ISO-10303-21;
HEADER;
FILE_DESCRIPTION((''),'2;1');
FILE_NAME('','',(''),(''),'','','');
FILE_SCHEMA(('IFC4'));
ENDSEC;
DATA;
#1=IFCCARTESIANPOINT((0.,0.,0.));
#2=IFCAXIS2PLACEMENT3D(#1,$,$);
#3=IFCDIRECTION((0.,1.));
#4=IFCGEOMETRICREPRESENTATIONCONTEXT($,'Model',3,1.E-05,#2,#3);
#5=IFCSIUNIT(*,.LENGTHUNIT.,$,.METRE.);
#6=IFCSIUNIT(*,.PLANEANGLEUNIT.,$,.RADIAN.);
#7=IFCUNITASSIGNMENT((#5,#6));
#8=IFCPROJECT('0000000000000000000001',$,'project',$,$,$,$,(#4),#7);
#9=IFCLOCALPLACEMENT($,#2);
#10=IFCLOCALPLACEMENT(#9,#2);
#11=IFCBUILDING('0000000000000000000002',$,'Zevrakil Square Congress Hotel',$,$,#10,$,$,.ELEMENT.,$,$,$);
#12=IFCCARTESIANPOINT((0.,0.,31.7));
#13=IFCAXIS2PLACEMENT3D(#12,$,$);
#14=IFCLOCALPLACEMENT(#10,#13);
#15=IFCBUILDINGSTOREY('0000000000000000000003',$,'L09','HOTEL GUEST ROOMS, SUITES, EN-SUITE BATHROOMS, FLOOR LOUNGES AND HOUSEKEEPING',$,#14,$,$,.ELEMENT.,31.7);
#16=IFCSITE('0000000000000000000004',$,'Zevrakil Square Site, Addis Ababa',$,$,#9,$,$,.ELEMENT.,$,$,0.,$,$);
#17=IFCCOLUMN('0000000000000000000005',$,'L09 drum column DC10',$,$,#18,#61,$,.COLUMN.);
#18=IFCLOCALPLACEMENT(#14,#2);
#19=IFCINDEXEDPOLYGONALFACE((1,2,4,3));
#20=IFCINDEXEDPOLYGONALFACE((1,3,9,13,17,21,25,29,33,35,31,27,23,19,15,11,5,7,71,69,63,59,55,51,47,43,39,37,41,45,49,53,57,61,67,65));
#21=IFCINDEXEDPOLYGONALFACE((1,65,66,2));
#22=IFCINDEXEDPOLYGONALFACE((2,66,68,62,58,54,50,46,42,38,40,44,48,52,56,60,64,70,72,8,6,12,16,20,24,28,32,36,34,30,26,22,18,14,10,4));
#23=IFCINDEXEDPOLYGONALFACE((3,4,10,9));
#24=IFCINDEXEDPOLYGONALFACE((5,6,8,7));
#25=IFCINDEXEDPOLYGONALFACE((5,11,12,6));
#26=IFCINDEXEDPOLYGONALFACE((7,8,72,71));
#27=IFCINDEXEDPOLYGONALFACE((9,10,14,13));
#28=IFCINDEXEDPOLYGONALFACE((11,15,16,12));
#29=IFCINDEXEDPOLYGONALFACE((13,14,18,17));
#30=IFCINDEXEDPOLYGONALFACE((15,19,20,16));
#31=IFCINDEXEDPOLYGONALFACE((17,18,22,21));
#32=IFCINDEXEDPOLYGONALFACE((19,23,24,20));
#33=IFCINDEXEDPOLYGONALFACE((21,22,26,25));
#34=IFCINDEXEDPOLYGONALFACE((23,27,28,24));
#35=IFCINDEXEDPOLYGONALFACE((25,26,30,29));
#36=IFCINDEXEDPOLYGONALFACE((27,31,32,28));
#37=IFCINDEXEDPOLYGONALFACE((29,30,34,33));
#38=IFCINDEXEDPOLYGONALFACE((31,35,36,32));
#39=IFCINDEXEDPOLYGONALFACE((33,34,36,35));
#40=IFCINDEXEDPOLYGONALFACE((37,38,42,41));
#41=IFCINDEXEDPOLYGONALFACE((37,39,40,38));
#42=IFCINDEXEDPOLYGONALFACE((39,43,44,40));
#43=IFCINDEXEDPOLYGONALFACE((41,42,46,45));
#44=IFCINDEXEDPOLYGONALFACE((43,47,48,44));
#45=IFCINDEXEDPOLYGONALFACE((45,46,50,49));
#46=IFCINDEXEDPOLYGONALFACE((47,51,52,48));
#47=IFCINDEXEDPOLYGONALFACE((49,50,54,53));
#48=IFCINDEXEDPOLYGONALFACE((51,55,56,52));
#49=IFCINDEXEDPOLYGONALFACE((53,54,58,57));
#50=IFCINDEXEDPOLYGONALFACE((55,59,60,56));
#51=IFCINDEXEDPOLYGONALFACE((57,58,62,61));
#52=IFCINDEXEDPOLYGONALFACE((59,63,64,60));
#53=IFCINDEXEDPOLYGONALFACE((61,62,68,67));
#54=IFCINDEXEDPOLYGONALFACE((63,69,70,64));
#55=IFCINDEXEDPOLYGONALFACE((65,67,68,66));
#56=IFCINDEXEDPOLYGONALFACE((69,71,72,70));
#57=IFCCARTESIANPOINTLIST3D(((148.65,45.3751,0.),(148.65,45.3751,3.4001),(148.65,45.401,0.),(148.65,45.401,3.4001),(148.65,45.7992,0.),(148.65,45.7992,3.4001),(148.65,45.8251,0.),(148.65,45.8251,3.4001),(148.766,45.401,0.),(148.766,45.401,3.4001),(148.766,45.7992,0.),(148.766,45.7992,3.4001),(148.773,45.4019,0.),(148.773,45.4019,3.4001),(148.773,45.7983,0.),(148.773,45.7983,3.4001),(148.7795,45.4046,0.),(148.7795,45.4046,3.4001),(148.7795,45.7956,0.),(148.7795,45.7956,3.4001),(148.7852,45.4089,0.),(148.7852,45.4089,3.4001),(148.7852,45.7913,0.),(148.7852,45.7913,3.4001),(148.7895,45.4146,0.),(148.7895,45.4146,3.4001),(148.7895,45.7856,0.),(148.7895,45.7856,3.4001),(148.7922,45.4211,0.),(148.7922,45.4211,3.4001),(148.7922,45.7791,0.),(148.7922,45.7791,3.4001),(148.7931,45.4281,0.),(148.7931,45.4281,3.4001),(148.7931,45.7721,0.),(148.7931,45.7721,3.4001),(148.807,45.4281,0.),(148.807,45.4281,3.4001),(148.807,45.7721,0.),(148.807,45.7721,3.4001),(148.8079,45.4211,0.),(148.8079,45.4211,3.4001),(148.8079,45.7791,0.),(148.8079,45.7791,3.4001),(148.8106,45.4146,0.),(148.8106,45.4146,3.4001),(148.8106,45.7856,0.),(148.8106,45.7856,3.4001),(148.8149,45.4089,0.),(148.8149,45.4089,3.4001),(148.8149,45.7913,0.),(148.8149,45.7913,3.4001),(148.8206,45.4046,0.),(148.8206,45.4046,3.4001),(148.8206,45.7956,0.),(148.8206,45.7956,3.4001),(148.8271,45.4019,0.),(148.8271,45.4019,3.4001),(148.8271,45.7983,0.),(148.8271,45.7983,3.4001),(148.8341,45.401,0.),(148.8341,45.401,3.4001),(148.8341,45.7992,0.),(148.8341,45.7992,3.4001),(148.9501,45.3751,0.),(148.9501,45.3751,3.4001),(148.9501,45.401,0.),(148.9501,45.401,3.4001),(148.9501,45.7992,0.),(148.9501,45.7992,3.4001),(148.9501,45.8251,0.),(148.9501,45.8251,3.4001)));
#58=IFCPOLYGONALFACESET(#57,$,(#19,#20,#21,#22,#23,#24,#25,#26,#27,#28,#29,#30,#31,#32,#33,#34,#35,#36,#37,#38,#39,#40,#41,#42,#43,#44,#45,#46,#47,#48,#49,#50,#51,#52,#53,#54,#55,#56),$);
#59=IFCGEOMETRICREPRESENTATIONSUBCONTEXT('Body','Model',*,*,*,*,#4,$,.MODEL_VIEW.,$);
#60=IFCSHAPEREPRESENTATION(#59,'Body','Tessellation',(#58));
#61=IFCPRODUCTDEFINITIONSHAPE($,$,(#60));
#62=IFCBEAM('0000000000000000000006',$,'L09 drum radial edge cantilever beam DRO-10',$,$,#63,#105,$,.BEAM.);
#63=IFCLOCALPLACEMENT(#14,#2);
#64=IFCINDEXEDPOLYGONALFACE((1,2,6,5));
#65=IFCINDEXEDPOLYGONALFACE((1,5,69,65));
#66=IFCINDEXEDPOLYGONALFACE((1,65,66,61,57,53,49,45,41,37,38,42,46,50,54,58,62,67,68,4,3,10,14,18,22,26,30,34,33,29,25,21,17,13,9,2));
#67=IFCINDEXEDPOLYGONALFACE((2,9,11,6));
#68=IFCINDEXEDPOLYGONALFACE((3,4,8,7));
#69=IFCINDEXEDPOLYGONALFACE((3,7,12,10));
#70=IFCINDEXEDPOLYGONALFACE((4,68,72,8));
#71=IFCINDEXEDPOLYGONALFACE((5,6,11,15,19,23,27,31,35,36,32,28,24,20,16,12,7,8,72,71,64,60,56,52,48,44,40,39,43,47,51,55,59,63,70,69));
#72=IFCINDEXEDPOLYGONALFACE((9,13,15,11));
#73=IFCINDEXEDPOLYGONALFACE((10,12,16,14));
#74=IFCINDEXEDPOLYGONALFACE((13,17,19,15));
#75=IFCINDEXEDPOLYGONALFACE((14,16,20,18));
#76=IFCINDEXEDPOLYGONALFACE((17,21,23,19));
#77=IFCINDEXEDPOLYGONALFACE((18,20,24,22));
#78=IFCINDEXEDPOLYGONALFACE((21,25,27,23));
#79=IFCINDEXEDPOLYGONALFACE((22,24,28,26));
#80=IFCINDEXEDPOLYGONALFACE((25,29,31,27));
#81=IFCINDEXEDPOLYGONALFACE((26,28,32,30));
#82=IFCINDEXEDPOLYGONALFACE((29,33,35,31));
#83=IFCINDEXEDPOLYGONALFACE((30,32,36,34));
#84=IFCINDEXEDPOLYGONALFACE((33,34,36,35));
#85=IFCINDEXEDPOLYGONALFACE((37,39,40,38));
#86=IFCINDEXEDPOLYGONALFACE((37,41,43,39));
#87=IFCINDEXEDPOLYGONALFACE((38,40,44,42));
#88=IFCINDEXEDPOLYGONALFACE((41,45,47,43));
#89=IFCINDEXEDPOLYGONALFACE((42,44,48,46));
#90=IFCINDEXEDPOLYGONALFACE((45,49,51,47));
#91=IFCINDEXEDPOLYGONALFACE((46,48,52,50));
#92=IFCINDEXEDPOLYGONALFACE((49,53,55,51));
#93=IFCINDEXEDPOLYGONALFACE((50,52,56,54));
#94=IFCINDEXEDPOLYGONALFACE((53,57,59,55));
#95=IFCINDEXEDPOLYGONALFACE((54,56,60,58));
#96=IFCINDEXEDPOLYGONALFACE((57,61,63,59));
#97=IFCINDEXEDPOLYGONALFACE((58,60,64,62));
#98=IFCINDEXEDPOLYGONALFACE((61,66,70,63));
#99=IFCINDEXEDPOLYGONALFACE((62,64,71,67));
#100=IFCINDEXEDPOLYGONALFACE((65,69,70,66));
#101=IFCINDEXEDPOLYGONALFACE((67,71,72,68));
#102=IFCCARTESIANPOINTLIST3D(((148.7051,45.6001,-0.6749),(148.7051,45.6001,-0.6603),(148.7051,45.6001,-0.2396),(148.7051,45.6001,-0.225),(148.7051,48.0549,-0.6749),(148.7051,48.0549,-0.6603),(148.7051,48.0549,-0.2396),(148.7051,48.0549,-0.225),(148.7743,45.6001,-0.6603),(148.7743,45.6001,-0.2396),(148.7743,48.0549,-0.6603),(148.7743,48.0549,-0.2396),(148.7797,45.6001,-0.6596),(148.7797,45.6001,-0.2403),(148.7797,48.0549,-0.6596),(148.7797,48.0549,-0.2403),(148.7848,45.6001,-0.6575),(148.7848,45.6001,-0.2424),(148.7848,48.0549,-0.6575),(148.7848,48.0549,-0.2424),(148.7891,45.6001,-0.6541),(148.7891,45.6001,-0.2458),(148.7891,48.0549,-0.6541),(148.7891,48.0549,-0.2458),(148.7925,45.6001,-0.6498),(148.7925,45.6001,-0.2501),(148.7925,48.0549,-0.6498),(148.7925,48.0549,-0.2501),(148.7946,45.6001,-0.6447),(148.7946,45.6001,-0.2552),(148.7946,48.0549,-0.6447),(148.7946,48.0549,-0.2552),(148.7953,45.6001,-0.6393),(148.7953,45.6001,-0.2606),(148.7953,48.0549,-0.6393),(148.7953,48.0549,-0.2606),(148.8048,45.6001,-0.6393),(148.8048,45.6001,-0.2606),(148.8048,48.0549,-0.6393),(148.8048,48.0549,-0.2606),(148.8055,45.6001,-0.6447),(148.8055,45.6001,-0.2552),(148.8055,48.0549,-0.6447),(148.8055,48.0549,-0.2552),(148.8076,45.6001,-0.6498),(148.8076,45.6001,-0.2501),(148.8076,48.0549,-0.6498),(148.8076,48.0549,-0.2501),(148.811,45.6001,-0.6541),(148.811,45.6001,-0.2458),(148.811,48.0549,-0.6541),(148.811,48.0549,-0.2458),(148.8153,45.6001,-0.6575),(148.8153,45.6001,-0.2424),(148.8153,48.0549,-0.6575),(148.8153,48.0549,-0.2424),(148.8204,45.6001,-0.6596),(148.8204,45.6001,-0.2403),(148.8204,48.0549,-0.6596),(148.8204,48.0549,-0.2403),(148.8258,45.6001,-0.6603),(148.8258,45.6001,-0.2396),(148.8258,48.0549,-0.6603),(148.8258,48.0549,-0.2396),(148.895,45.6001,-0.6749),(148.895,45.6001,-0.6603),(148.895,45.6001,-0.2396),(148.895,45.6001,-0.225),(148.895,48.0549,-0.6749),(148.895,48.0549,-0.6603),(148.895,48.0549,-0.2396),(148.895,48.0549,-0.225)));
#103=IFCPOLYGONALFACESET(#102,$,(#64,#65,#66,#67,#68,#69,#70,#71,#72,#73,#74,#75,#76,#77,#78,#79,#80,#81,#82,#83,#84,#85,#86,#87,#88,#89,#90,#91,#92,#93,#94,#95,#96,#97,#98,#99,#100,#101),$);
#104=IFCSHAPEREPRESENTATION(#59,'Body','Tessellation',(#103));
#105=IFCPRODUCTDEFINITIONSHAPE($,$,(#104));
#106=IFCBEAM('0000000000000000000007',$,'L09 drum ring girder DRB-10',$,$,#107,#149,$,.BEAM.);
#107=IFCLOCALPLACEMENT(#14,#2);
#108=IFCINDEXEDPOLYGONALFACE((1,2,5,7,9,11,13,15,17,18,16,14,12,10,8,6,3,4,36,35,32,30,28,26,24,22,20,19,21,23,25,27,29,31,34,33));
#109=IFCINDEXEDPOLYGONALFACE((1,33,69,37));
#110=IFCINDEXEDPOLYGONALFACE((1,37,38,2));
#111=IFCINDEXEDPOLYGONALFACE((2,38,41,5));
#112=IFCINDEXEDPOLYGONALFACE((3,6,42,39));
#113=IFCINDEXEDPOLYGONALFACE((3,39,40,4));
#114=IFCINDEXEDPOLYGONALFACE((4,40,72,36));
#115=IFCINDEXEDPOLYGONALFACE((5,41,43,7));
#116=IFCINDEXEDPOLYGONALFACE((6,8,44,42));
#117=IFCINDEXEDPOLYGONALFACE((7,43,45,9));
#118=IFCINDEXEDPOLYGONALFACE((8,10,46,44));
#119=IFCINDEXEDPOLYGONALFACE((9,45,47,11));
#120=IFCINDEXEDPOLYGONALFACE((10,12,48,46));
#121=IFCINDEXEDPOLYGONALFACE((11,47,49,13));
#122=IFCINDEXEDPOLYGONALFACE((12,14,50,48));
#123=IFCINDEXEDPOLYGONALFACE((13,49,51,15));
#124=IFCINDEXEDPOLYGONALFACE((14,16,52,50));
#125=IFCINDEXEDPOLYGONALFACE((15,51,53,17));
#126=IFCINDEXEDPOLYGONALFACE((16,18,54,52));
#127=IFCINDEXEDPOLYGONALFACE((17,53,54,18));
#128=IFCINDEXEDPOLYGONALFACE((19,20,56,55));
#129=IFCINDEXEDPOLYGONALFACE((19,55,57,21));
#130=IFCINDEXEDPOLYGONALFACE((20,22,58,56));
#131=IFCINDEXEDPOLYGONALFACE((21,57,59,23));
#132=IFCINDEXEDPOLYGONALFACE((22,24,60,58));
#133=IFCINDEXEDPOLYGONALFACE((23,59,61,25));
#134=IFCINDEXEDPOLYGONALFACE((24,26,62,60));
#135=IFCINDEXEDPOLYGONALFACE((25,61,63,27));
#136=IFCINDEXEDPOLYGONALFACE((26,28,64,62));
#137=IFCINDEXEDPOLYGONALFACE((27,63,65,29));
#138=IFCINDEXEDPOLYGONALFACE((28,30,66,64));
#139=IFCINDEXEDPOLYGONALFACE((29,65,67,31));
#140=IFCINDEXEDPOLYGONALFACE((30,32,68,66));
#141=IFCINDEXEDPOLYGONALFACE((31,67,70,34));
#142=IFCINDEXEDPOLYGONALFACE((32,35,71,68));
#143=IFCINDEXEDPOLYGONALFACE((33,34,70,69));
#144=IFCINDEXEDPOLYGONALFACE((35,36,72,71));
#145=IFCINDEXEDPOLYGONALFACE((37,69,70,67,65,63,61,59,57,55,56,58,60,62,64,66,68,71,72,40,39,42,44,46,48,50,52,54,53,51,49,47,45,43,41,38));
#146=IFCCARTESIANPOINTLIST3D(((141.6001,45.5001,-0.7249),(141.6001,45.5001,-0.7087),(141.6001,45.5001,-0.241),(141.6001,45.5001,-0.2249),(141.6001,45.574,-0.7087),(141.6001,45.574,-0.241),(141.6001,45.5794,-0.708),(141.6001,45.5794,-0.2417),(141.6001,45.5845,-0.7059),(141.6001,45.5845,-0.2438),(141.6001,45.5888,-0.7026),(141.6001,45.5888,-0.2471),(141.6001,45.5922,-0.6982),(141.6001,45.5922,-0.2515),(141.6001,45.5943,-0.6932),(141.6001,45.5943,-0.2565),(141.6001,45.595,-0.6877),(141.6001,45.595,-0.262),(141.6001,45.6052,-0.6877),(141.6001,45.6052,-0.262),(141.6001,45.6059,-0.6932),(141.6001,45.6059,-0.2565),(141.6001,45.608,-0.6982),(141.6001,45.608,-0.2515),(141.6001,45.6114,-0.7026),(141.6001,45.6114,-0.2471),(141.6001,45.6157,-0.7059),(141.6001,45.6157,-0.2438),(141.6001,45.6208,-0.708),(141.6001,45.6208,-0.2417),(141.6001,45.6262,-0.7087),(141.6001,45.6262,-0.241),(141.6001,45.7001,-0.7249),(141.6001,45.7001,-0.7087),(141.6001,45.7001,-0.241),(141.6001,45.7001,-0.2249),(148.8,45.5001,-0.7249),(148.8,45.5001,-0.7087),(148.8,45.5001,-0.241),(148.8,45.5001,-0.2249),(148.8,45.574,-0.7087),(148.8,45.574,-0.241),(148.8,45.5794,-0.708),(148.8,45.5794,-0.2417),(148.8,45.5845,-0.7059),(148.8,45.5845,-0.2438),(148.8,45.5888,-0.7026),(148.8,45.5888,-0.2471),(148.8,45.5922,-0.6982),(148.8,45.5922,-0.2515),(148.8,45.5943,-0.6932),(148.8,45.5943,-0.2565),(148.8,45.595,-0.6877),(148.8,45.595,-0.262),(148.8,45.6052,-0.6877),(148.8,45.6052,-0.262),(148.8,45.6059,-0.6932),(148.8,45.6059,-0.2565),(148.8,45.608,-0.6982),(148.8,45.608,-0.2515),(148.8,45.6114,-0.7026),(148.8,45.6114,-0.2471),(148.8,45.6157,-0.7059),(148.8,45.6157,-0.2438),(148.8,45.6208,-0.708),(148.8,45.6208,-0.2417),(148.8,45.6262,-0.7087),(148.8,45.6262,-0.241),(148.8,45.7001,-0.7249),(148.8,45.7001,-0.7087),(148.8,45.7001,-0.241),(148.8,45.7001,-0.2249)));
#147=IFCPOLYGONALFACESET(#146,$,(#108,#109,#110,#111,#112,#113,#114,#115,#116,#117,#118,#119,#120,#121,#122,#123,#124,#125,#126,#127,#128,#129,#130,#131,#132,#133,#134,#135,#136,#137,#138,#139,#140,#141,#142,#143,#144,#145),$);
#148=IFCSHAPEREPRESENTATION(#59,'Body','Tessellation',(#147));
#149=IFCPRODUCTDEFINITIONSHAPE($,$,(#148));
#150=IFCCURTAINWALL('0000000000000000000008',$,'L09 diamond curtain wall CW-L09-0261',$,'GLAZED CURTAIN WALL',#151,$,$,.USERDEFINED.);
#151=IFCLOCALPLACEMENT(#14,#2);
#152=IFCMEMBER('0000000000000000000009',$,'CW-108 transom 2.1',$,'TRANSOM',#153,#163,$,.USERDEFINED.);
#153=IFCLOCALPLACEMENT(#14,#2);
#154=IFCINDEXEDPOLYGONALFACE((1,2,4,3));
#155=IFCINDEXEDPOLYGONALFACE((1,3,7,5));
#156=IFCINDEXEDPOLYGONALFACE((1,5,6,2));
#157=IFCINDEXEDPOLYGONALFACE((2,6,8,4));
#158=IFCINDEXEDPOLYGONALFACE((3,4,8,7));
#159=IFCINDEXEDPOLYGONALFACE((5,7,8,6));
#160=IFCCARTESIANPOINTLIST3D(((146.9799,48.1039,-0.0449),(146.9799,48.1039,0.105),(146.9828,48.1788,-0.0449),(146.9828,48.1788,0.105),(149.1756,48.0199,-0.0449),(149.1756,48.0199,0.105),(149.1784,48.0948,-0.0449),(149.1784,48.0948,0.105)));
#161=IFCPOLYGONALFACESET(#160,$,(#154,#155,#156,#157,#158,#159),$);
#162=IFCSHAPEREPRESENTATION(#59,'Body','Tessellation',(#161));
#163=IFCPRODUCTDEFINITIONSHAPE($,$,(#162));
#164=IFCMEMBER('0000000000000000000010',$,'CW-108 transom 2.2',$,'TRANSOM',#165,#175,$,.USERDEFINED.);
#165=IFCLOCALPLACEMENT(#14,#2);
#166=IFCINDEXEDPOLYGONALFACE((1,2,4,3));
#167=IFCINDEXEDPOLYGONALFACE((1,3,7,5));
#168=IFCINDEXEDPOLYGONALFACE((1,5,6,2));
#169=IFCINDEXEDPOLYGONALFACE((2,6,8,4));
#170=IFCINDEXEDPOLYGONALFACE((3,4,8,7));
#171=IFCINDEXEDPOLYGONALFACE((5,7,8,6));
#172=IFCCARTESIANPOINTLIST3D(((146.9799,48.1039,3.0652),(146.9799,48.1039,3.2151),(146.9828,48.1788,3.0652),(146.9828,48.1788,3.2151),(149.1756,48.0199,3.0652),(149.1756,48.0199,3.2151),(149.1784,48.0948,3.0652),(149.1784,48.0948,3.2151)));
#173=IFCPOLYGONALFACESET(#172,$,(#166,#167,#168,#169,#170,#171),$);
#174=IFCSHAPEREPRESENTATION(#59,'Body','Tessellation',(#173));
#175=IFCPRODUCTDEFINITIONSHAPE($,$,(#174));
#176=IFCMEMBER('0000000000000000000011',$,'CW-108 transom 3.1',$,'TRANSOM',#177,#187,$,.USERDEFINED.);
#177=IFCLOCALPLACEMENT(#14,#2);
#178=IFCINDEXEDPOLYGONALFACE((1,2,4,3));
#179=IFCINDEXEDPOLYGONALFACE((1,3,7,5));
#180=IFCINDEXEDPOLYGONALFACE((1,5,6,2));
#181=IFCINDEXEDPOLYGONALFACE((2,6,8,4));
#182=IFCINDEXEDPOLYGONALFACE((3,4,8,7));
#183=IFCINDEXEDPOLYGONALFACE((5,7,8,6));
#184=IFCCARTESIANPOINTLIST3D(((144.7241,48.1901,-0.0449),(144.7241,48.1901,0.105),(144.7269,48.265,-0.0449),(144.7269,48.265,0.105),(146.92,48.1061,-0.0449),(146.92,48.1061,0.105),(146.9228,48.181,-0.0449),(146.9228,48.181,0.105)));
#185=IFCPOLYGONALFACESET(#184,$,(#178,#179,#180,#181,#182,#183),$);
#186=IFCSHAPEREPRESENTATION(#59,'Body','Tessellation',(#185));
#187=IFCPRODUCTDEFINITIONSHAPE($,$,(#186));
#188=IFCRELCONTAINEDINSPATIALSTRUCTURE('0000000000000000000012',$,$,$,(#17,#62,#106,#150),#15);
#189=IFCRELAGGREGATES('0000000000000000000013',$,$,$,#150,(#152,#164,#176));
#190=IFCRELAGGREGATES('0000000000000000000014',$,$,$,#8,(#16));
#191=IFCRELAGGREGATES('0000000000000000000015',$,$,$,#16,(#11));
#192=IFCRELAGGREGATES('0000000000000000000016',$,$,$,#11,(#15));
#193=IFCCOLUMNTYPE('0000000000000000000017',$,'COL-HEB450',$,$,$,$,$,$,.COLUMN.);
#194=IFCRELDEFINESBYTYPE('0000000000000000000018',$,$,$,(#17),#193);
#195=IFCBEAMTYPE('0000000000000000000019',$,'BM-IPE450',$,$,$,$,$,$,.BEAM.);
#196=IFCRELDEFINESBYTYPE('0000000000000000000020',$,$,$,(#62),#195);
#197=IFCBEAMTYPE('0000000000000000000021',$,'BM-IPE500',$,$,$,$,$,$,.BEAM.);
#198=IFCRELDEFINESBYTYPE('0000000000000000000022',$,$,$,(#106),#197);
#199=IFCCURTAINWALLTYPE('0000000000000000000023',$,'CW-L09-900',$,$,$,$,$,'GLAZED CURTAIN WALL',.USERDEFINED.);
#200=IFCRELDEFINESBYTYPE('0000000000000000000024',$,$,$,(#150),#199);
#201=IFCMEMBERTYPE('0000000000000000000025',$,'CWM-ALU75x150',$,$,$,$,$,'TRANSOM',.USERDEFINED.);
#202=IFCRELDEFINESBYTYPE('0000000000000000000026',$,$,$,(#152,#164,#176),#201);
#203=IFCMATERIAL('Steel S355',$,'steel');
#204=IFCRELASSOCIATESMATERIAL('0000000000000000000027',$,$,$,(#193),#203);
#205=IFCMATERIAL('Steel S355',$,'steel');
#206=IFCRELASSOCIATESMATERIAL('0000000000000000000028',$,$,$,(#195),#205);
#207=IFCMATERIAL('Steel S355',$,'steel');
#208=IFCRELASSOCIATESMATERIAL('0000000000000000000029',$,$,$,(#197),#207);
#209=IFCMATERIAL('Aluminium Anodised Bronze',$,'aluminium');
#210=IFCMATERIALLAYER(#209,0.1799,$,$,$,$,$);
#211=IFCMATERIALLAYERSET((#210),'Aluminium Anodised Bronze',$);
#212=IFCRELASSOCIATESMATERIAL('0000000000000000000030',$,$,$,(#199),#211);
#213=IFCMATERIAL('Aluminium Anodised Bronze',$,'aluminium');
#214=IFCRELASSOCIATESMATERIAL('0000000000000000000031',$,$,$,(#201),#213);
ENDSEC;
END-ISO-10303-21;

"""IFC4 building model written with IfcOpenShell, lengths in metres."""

from ifc_helpers import new_model, si_unit, direction, frame, origin, origin_2d, place, context, subcontext, project, spatial, rectangle, i_section, extrude, material, layer, layer_set, material_profile, profile_set, type_object, element, aggregate, save


model = new_model("IFC4")

# Units and contexts
model_context = context("Model", 3, precision=1e-05, world=origin(), true_north=direction((0.0, 1.0)))
body_context = subcontext(model_context, "Body", "Model", "MODEL_VIEW")
ifc_project = project(units=[si_unit("LENGTHUNIT", "METRE"), si_unit("PLANEANGLEUNIT", "RADIAN")], contexts=[model_context])

# Site, building, storey
site_placement = place(None, origin())
site = spatial("IfcSite", under=ifc_project, at=site_placement, Name="Zevrakil Square Site, Addis Ababa", CompositionType="ELEMENT", RefElevation=0.0)
building_placement = place(site_placement, origin())
building = spatial("IfcBuilding", under=site, at=building_placement, Name="Zevrakil Square Congress Hotel", CompositionType="ELEMENT")
storey_placement = place(building_placement, frame((0.0, 0.0, 31.7)))
storey = spatial("IfcBuildingStorey", under=building, at=storey_placement, Name="L09", Description="HOTEL GUEST ROOMS, SUITES, EN-SUITE BATHROOMS, FLOOR LOUNGES AND HOUSEKEEPING", CompositionType="ELEMENT", Elevation=31.7)

# Column
ifc_material_1 = material(Name="Steel S355", Category="steel")
ifc_material_profile_1 = material_profile(ifc_material_1, i_section(OverallWidth=0.3, OverallDepth=0.45, WebThickness=0.0139, FlangeThickness=0.0259, FilletRadius=0.0271, at=origin_2d()), Name="HEB 450")
ifc_profile_set_1 = profile_set([ifc_material_profile_1], Name="Steel S355")
column_type = type_object("IfcColumnType", Name="COL-HEB450", PredefinedType="COLUMN", material=ifc_profile_set_1)
column_placement = place(storey_placement, frame((148.8, 45.6001, 0.0), z_axis=(0.0, 0.0, 1.0), x_axis=(1.0, 0.0, 0.0)))
element("IfcColumn", 1, at=column_placement, inside=storey, type_object=column_type, Name="L09 drum column DC10", PredefinedType="COLUMN", context=body_context, shape_type="SweptSolid", body=[
    extrude(i_section(OverallWidth=0.3, OverallDepth=0.45, WebThickness=0.0139, FlangeThickness=0.0259, FilletRadius=0.0271, at=origin_2d()), origin(), (0.0, 0.0, 1.0), 3.4001),
])

# Beams
ifc_material_2 = material(Name="Steel S355", Category="steel")
ifc_material_profile_2 = material_profile(ifc_material_2, i_section(OverallWidth=0.1899, OverallDepth=0.45, WebThickness=0.0095, FlangeThickness=0.0146, FilletRadius=0.021, at=origin_2d()), Name="IPE 450")
ifc_profile_set_2 = profile_set([ifc_material_profile_2], Name="Steel S355")
beam_type_1 = type_object("IfcBeamType", Name="BM-IPE450", PredefinedType="BEAM", material=ifc_profile_set_2)
beam_1_placement = place(storey_placement, frame((148.8, 45.6001, -0.45), z_axis=(0.0, 1.0, 0.0), x_axis=(-1.0, 0.0, 0.0)))
element("IfcBeam", 2, at=beam_1_placement, inside=storey, type_object=beam_type_1, Name="L09 drum radial edge cantilever beam DRO-10", PredefinedType="BEAM", context=body_context, shape_type="SweptSolid", body=[
    extrude(i_section(OverallWidth=0.1899, OverallDepth=0.45, WebThickness=0.0095, FlangeThickness=0.0146, FilletRadius=0.021, at=origin_2d()), origin(), (0.0, 0.0, 1.0), 2.4548),
])
ifc_material_3 = material(Name="Steel S355", Category="steel")
ifc_material_profile_3 = material_profile(ifc_material_3, i_section(OverallWidth=0.2, OverallDepth=0.5, WebThickness=0.0103, FlangeThickness=0.0161, FilletRadius=0.021, at=origin_2d()), Name="IPE 500")
ifc_profile_set_3 = profile_set([ifc_material_profile_3], Name="Steel S355")
beam_type_2 = type_object("IfcBeamType", Name="BM-IPE500", PredefinedType="BEAM", material=ifc_profile_set_3)
beam_2_placement = place(storey_placement, frame((148.8, 45.6001, -0.4749), z_axis=(-1.0, 0.0, 0.0), x_axis=(0.0, -1.0, 0.0)))
element("IfcBeam", 3, at=beam_2_placement, inside=storey, type_object=beam_type_2, Name="L09 drum ring girder DRB-10", PredefinedType="BEAM", context=body_context, shape_type="SweptSolid", body=[
    extrude(i_section(OverallWidth=0.2, OverallDepth=0.5, WebThickness=0.0103, FlangeThickness=0.0161, FilletRadius=0.021, at=origin_2d()), origin(), (0.0, 0.0, 1.0), 7.2),
])

# Curtain wall, members
ifc_material_4 = material(Name="Aluminium Anodised Bronze", Category="aluminium")
ifc_layer_1 = layer(ifc_material_4, 0.1799)
ifc_layer_set_1 = layer_set([ifc_layer_1], Name="Aluminium Anodised Bronze")
curtain_wall_type = type_object("IfcCurtainWallType", Name="CW-L09-900", ElementType="GLAZED CURTAIN WALL", PredefinedType="USERDEFINED", material=ifc_layer_set_1)
curtain_wall_placement = place(storey_placement, origin())
curtain_wall = element("IfcCurtainWall", 4, at=curtain_wall_placement, inside=storey, type_object=curtain_wall_type, Name="L09 diamond curtain wall CW-L09-0261", ObjectType="GLAZED CURTAIN WALL", PredefinedType="USERDEFINED")
ifc_material_5 = material(Name="Aluminium Anodised Bronze", Category="aluminium")
ifc_material_profile_4 = material_profile(ifc_material_5, rectangle(XDim=0.075, YDim=0.1499, at=origin_2d()), Name="ALU 75x150")
ifc_profile_set_4 = profile_set([ifc_material_profile_4], Name="Aluminium Anodised Bronze")
member_type_1 = type_object("IfcMemberType", Name="CWM-ALU75x150", ElementType="TRANSOM", PredefinedType="USERDEFINED", material=ifc_profile_set_4)
member_1_placement = place(storey_placement, frame((149.177, 48.0574, 0.03), z_axis=(-0.999269, 0.038224, 0.0), x_axis=(-0.038224, -0.999269, 0.0)))
member_1 = element("IfcMember", 5, at=member_1_placement, type_object=member_type_1, Name="CW-108 transom 2.1", ObjectType="TRANSOM", PredefinedType="USERDEFINED", context=body_context, shape_type="SweptSolid", body=[
    extrude(rectangle(XDim=0.075, YDim=0.1499, at=origin_2d()), origin(), (0.0, 0.0, 1.0), 2.1973),
])
member_2_placement = place(storey_placement, frame((149.177, 48.0574, 3.1401), z_axis=(-0.999269, 0.038224, 0.0), x_axis=(-0.038224, -0.999269, 0.0)))
member_2 = element("IfcMember", 6, at=member_2_placement, type_object=member_type_1, Name="CW-108 transom 2.2", ObjectType="TRANSOM", PredefinedType="USERDEFINED", context=body_context, shape_type="SweptSolid", body=[
    extrude(rectangle(XDim=0.075, YDim=0.1499, at=origin_2d()), origin(), (0.0, 0.0, 1.0), 2.1973),
])
member_3_placement = place(storey_placement, frame((146.9214, 48.1436, 0.03), z_axis=(-0.999269, 0.03822, 0.0), x_axis=(-0.03822, -0.999269, 0.0)))
member_3 = element("IfcMember", 7, at=member_3_placement, type_object=member_type_1, Name="CW-108 transom 3.1", ObjectType="TRANSOM", PredefinedType="USERDEFINED", context=body_context, shape_type="SweptSolid", body=[
    extrude(rectangle(XDim=0.075, YDim=0.1499, at=origin_2d()), origin(), (0.0, 0.0, 1.0), 2.1975),
])

aggregate(curtain_wall, [member_1, member_2, member_3])

save(model, "model.ifc")
